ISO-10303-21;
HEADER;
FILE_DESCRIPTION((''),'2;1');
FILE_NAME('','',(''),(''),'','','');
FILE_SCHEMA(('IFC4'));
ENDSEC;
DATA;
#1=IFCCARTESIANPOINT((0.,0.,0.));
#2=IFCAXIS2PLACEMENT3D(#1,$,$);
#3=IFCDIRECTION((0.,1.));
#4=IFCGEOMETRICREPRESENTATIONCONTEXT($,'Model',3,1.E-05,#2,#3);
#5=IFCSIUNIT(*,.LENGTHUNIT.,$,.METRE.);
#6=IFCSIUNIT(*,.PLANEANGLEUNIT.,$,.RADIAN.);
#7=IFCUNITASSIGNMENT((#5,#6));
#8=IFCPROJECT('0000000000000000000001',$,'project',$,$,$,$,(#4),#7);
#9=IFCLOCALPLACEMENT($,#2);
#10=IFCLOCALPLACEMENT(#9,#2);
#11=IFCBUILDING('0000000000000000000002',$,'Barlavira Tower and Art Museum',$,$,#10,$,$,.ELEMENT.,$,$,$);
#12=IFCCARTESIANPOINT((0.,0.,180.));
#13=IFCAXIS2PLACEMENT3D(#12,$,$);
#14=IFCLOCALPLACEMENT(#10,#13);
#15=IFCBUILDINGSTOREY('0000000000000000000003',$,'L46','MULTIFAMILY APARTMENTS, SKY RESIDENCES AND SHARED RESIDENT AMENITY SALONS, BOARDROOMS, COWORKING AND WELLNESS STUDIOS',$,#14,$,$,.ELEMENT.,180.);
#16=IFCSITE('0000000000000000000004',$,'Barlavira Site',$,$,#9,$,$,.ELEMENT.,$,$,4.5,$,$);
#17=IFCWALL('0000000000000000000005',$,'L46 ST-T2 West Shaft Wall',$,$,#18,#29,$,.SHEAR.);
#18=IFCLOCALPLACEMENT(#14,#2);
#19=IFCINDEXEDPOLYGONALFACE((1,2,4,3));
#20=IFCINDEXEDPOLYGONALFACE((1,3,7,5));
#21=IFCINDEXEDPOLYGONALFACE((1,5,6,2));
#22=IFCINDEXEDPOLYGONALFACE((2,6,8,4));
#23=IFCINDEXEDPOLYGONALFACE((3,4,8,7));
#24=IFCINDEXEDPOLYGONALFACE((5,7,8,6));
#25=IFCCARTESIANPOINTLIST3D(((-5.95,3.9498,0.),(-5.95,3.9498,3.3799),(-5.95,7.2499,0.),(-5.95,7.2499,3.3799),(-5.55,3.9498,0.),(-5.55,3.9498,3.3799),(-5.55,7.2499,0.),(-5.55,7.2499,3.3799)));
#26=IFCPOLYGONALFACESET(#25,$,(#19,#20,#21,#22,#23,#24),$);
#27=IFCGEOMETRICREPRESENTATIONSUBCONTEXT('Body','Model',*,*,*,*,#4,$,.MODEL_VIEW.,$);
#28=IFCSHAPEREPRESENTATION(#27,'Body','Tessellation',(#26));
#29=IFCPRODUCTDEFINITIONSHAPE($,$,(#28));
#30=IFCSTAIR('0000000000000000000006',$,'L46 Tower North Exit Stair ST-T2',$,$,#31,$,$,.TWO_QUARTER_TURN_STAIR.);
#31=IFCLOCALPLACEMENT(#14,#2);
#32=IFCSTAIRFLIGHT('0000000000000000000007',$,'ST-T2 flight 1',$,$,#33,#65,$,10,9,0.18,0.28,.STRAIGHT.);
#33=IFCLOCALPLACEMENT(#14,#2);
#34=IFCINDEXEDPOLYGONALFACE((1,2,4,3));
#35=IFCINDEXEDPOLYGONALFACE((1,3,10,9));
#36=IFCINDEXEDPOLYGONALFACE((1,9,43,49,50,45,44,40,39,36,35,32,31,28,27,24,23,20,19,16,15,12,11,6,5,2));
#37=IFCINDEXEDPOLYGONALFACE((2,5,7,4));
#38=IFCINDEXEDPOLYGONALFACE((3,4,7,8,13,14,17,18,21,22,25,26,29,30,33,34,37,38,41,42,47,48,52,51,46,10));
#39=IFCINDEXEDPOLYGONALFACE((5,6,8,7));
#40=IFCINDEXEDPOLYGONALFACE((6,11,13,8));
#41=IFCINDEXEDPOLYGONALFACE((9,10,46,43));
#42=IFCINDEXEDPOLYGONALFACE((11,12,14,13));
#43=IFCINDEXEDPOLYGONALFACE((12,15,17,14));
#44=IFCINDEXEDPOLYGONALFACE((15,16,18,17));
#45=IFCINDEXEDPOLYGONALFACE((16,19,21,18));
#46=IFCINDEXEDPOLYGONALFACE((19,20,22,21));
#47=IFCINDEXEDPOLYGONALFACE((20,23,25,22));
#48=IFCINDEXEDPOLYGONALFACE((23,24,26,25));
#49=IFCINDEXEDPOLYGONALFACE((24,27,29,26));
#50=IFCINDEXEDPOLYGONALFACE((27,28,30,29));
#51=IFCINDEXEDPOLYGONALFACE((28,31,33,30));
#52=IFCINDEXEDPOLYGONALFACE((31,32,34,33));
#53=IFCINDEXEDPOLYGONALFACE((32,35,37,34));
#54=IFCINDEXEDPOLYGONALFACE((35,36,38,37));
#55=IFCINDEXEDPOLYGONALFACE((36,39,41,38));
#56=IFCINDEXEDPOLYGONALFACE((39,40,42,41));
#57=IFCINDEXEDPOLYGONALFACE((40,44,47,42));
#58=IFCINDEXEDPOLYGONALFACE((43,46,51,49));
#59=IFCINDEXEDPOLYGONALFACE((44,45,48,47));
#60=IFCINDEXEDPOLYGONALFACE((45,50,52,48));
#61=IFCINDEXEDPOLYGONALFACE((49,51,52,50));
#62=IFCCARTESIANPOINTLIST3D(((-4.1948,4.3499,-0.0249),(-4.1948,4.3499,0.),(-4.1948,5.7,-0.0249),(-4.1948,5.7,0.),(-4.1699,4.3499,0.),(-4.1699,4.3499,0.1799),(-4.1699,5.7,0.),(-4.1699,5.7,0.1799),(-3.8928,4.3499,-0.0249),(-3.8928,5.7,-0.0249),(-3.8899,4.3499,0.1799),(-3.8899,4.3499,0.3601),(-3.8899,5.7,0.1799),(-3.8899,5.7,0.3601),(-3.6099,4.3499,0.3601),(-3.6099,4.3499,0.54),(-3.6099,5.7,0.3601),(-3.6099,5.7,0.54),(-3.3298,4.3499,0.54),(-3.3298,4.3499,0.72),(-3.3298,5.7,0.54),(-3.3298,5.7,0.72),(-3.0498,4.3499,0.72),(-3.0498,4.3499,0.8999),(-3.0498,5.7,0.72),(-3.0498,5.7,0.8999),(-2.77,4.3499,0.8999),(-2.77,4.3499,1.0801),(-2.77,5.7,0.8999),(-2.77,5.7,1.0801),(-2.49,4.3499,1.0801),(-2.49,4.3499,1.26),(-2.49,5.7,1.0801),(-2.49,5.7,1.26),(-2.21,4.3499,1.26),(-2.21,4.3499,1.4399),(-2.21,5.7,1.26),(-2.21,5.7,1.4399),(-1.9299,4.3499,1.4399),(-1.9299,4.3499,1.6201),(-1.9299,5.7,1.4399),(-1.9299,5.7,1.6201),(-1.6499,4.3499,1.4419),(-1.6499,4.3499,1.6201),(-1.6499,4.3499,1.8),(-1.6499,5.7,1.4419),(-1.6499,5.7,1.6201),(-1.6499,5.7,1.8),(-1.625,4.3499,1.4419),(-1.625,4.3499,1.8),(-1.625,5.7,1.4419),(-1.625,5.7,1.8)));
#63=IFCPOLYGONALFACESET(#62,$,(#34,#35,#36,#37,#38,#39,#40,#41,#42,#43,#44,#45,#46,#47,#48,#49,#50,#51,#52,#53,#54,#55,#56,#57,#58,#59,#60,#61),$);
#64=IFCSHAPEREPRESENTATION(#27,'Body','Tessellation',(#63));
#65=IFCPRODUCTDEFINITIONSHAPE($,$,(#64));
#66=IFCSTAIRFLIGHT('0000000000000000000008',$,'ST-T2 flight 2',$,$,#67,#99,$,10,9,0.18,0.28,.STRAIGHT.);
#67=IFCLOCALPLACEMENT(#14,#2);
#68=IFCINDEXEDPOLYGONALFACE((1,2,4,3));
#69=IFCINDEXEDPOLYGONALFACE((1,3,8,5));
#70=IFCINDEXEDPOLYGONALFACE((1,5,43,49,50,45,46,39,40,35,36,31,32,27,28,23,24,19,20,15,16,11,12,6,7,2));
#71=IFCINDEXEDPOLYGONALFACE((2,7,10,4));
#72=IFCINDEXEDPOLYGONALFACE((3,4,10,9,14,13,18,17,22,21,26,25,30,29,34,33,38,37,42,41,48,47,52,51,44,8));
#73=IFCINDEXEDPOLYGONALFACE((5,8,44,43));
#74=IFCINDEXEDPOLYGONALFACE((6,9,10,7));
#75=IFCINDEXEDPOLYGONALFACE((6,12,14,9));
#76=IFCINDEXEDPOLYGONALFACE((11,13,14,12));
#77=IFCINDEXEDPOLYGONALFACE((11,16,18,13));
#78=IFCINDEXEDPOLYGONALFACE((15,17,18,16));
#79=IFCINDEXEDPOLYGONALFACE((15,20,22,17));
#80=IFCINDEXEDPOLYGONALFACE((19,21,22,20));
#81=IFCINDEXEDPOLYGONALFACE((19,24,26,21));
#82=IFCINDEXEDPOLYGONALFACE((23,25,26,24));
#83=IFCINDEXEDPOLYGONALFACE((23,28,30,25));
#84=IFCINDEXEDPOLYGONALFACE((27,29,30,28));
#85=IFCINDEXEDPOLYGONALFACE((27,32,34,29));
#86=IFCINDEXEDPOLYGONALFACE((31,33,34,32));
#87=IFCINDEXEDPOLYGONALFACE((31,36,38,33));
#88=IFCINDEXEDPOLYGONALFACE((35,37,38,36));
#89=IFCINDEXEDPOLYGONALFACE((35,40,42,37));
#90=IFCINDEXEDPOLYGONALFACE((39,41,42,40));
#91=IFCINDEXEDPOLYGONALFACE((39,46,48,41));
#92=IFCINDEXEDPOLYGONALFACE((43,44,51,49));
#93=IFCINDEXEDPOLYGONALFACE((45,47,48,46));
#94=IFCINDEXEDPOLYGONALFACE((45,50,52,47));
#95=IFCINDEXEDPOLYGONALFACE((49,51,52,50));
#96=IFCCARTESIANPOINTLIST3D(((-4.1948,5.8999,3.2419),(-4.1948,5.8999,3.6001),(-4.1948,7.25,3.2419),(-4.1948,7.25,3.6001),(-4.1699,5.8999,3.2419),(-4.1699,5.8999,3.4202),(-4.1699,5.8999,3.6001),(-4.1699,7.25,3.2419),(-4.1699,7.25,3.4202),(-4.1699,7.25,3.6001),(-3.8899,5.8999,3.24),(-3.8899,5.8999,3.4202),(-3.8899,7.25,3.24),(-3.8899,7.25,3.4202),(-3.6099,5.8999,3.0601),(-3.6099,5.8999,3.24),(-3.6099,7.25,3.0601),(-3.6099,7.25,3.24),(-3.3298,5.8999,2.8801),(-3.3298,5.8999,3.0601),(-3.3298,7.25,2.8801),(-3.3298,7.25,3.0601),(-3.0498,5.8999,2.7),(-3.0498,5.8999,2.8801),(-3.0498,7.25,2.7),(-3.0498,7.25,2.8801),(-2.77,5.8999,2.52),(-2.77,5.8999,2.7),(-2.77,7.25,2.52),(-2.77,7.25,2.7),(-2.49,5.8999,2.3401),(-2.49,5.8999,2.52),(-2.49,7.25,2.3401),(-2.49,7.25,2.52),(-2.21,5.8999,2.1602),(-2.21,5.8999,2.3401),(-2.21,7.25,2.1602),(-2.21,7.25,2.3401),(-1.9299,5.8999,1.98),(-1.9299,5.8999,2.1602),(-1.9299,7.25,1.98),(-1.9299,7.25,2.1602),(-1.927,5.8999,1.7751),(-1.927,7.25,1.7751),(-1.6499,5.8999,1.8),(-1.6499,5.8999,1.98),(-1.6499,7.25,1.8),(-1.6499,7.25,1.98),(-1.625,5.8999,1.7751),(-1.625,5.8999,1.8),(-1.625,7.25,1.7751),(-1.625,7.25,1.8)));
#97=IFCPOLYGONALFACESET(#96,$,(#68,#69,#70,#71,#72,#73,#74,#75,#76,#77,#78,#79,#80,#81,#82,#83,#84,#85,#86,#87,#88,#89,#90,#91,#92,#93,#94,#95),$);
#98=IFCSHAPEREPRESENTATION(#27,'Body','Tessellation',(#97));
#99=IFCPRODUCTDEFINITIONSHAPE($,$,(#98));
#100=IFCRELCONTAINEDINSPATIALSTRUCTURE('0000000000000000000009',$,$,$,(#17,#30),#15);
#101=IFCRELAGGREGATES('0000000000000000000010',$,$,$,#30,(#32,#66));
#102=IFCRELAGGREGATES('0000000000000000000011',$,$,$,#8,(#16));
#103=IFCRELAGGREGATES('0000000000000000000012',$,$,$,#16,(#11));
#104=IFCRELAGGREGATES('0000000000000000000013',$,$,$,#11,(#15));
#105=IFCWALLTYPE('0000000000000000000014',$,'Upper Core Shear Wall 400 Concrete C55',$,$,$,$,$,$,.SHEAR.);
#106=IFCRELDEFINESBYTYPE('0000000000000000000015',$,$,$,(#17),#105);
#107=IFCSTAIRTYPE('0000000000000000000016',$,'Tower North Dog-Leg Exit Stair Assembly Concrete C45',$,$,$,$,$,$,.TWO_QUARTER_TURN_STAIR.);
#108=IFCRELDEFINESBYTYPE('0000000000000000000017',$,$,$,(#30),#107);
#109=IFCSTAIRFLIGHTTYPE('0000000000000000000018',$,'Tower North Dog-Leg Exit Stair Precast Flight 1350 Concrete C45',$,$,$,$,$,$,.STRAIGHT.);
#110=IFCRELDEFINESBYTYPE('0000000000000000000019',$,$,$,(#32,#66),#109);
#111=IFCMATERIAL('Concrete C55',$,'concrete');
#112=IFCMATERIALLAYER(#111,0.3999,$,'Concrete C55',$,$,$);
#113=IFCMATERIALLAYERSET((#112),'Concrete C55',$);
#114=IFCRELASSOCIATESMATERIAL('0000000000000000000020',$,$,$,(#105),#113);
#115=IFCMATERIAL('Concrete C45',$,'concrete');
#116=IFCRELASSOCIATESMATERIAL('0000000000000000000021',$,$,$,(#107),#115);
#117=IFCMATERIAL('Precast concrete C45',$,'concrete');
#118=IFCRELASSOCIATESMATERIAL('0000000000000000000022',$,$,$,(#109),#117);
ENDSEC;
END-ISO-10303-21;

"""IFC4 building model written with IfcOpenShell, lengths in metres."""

from ifc_helpers import new_model, si_unit, direction, frame, frame_2d, origin, place, context, subcontext, project, spatial, polyline, rectangle, outline, extrude, material, layer, layer_set, type_object, element, aggregate, save


model = new_model("IFC4")

# Units and contexts
model_context = context("Model", 3, precision=1e-05, world=origin(), true_north=direction((0.0, 1.0)))
body_context = subcontext(model_context, "Body", "Model", "MODEL_VIEW")
ifc_project = project(units=[si_unit("LENGTHUNIT", "METRE"), si_unit("PLANEANGLEUNIT", "RADIAN")], contexts=[model_context])

# Site, building, storey
site_placement = place(None, origin())
site = spatial("IfcSite", under=ifc_project, at=site_placement, Name="Barlavira Site", CompositionType="ELEMENT", RefElevation=4.5)
building_placement = place(site_placement, origin())
building = spatial("IfcBuilding", under=site, at=building_placement, Name="Barlavira Tower and Art Museum", CompositionType="ELEMENT")
storey_placement = place(building_placement, frame((0.0, 0.0, 180.0)))
storey = spatial("IfcBuildingStorey", under=building, at=storey_placement, Name="L46", Description="MULTIFAMILY APARTMENTS, SKY RESIDENCES AND SHARED RESIDENT AMENITY SALONS, BOARDROOMS, COWORKING AND WELLNESS STUDIOS", CompositionType="ELEMENT", Elevation=180.0)

# Wall
ifc_material_1 = material(Name="Concrete C55", Category="concrete")
ifc_layer_1 = layer(ifc_material_1, 0.3999, Name="Concrete C55")
ifc_layer_set_1 = layer_set([ifc_layer_1], Name="Concrete C55")
wall_type_1 = type_object("IfcWallType", Name="Upper Core Shear Wall 400 Concrete C55", PredefinedType="SHEAR", material=ifc_layer_set_1)
wall_1_placement = place(storey_placement, frame((-5.75, 3.95, 0.0), z_axis=(0.0, 0.0, 1.0), x_axis=(0.0, 1.0, 0.0)))
element("IfcWall", 1, at=wall_1_placement, inside=storey, type_object=wall_type_1, Name="L46 ST-T2 West Shaft Wall", PredefinedType="SHEAR", context=body_context, shape_type="SweptSolid", body=[
    extrude(rectangle(XDim=3.3, YDim=0.3999, at=frame_2d((1.6499, 0.0))), origin(), (0.0, 0.0, 1.0), 3.3799),
])

# Stair, stair flights
ifc_material_2 = material(Name="Concrete C45", Category="concrete")
stair_type = type_object("IfcStairType", Name="Tower North Dog-Leg Exit Stair Assembly Concrete C45", PredefinedType="TWO_QUARTER_TURN_STAIR", material=ifc_material_2)
stair_placement = place(storey_placement, origin())
stair = element("IfcStair", 2, at=stair_placement, inside=storey, type_object=stair_type, Name="L46 Tower North Exit Stair ST-T2", PredefinedType="TWO_QUARTER_TURN_STAIR")
ifc_material_3 = material(Name="Precast concrete C45", Category="concrete")
stair_flight_type = type_object("IfcStairFlightType", Name="Tower North Dog-Leg Exit Stair Precast Flight 1350 Concrete C45", PredefinedType="STRAIGHT", material=ifc_material_3)
stair_flight_1_placement = place(storey_placement, frame((-4.1699, 5.0249, 0.0), z_axis=(0.0, 0.0, 1.0), x_axis=(1.0, 0.0, 0.0)))
stair_flight_1 = element("IfcStairFlight", 3, at=stair_flight_1_placement, type_object=stair_flight_type, Name="ST-T2 flight 1", NumberOfRisers=10, NumberOfTreads=9, PredefinedType="STRAIGHT", RiserHeight=0.18, TreadLength=0.28, context=body_context, shape_type="SweptSolid", body=[
    extrude(outline(polyline([(-0.0249, 0.0), (0.0, 0.0), (0.0, 0.1799), (0.28, 0.1799), (0.28, 0.3601), (0.5601, 0.3601), (0.5601, 0.54), (0.8401, 0.54), (0.8401, 0.72), (1.1201, 0.72), (1.1201, 0.8999), (1.3999, 0.8999), (1.3999, 1.0801), (1.6799, 1.0801), (1.6799, 1.26), (1.96, 1.26), (1.96, 1.4399), (2.24, 1.4399), (2.24, 1.6201), (2.52, 1.6201), (2.52, 1.8), (2.5449, 1.8), (2.5449, 1.4419), (2.52, 1.4419), (0.2771, -0.0249), (-0.0249, -0.0249), (-0.0249, 0.0)])), frame((0.0, 0.675, 0.0), z_axis=(0.0, -1.0, 0.0), x_axis=(1.0, 0.0, 0.0)), (0.0, 0.0, 1.0), 1.3501),
])
stair_flight_2_placement = place(storey_placement, frame((-1.6499, 6.575, 1.8), z_axis=(0.0, 0.0, 1.0), x_axis=(-1.0, 0.0, 0.0)))
stair_flight_2 = element("IfcStairFlight", 4, at=stair_flight_2_placement, type_object=stair_flight_type, Name="ST-T2 flight 2", NumberOfRisers=10, NumberOfTreads=9, PredefinedType="STRAIGHT", RiserHeight=0.18, TreadLength=0.28, context=body_context, shape_type="SweptSolid", body=[
    extrude(outline(polyline([(-0.0249, 0.0), (0.0, 0.0), (0.0, 0.1799), (0.28, 0.1799), (0.28, 0.3601), (0.5601, 0.3601), (0.5601, 0.54), (0.8401, 0.54), (0.8401, 0.72), (1.1201, 0.72), (1.1201, 0.8999), (1.3999, 0.8999), (1.3999, 1.0801), (1.6799, 1.0801), (1.6799, 1.26), (1.96, 1.26), (1.96, 1.4399), (2.24, 1.4399), (2.24, 1.6201), (2.52, 1.6201), (2.52, 1.8), (2.5449, 1.8), (2.5449, 1.4419), (2.52, 1.4419), (0.2771, -0.0249), (-0.0249, -0.0249), (-0.0249, 0.0)])), frame((0.0, 0.675, 0.0), z_axis=(0.0, -1.0, 0.0), x_axis=(1.0, 0.0, 0.0)), (0.0, 0.0, 1.0), 1.3501),
])
aggregate(stair, [stair_flight_1, stair_flight_2])

save(model, "model.ifc")
